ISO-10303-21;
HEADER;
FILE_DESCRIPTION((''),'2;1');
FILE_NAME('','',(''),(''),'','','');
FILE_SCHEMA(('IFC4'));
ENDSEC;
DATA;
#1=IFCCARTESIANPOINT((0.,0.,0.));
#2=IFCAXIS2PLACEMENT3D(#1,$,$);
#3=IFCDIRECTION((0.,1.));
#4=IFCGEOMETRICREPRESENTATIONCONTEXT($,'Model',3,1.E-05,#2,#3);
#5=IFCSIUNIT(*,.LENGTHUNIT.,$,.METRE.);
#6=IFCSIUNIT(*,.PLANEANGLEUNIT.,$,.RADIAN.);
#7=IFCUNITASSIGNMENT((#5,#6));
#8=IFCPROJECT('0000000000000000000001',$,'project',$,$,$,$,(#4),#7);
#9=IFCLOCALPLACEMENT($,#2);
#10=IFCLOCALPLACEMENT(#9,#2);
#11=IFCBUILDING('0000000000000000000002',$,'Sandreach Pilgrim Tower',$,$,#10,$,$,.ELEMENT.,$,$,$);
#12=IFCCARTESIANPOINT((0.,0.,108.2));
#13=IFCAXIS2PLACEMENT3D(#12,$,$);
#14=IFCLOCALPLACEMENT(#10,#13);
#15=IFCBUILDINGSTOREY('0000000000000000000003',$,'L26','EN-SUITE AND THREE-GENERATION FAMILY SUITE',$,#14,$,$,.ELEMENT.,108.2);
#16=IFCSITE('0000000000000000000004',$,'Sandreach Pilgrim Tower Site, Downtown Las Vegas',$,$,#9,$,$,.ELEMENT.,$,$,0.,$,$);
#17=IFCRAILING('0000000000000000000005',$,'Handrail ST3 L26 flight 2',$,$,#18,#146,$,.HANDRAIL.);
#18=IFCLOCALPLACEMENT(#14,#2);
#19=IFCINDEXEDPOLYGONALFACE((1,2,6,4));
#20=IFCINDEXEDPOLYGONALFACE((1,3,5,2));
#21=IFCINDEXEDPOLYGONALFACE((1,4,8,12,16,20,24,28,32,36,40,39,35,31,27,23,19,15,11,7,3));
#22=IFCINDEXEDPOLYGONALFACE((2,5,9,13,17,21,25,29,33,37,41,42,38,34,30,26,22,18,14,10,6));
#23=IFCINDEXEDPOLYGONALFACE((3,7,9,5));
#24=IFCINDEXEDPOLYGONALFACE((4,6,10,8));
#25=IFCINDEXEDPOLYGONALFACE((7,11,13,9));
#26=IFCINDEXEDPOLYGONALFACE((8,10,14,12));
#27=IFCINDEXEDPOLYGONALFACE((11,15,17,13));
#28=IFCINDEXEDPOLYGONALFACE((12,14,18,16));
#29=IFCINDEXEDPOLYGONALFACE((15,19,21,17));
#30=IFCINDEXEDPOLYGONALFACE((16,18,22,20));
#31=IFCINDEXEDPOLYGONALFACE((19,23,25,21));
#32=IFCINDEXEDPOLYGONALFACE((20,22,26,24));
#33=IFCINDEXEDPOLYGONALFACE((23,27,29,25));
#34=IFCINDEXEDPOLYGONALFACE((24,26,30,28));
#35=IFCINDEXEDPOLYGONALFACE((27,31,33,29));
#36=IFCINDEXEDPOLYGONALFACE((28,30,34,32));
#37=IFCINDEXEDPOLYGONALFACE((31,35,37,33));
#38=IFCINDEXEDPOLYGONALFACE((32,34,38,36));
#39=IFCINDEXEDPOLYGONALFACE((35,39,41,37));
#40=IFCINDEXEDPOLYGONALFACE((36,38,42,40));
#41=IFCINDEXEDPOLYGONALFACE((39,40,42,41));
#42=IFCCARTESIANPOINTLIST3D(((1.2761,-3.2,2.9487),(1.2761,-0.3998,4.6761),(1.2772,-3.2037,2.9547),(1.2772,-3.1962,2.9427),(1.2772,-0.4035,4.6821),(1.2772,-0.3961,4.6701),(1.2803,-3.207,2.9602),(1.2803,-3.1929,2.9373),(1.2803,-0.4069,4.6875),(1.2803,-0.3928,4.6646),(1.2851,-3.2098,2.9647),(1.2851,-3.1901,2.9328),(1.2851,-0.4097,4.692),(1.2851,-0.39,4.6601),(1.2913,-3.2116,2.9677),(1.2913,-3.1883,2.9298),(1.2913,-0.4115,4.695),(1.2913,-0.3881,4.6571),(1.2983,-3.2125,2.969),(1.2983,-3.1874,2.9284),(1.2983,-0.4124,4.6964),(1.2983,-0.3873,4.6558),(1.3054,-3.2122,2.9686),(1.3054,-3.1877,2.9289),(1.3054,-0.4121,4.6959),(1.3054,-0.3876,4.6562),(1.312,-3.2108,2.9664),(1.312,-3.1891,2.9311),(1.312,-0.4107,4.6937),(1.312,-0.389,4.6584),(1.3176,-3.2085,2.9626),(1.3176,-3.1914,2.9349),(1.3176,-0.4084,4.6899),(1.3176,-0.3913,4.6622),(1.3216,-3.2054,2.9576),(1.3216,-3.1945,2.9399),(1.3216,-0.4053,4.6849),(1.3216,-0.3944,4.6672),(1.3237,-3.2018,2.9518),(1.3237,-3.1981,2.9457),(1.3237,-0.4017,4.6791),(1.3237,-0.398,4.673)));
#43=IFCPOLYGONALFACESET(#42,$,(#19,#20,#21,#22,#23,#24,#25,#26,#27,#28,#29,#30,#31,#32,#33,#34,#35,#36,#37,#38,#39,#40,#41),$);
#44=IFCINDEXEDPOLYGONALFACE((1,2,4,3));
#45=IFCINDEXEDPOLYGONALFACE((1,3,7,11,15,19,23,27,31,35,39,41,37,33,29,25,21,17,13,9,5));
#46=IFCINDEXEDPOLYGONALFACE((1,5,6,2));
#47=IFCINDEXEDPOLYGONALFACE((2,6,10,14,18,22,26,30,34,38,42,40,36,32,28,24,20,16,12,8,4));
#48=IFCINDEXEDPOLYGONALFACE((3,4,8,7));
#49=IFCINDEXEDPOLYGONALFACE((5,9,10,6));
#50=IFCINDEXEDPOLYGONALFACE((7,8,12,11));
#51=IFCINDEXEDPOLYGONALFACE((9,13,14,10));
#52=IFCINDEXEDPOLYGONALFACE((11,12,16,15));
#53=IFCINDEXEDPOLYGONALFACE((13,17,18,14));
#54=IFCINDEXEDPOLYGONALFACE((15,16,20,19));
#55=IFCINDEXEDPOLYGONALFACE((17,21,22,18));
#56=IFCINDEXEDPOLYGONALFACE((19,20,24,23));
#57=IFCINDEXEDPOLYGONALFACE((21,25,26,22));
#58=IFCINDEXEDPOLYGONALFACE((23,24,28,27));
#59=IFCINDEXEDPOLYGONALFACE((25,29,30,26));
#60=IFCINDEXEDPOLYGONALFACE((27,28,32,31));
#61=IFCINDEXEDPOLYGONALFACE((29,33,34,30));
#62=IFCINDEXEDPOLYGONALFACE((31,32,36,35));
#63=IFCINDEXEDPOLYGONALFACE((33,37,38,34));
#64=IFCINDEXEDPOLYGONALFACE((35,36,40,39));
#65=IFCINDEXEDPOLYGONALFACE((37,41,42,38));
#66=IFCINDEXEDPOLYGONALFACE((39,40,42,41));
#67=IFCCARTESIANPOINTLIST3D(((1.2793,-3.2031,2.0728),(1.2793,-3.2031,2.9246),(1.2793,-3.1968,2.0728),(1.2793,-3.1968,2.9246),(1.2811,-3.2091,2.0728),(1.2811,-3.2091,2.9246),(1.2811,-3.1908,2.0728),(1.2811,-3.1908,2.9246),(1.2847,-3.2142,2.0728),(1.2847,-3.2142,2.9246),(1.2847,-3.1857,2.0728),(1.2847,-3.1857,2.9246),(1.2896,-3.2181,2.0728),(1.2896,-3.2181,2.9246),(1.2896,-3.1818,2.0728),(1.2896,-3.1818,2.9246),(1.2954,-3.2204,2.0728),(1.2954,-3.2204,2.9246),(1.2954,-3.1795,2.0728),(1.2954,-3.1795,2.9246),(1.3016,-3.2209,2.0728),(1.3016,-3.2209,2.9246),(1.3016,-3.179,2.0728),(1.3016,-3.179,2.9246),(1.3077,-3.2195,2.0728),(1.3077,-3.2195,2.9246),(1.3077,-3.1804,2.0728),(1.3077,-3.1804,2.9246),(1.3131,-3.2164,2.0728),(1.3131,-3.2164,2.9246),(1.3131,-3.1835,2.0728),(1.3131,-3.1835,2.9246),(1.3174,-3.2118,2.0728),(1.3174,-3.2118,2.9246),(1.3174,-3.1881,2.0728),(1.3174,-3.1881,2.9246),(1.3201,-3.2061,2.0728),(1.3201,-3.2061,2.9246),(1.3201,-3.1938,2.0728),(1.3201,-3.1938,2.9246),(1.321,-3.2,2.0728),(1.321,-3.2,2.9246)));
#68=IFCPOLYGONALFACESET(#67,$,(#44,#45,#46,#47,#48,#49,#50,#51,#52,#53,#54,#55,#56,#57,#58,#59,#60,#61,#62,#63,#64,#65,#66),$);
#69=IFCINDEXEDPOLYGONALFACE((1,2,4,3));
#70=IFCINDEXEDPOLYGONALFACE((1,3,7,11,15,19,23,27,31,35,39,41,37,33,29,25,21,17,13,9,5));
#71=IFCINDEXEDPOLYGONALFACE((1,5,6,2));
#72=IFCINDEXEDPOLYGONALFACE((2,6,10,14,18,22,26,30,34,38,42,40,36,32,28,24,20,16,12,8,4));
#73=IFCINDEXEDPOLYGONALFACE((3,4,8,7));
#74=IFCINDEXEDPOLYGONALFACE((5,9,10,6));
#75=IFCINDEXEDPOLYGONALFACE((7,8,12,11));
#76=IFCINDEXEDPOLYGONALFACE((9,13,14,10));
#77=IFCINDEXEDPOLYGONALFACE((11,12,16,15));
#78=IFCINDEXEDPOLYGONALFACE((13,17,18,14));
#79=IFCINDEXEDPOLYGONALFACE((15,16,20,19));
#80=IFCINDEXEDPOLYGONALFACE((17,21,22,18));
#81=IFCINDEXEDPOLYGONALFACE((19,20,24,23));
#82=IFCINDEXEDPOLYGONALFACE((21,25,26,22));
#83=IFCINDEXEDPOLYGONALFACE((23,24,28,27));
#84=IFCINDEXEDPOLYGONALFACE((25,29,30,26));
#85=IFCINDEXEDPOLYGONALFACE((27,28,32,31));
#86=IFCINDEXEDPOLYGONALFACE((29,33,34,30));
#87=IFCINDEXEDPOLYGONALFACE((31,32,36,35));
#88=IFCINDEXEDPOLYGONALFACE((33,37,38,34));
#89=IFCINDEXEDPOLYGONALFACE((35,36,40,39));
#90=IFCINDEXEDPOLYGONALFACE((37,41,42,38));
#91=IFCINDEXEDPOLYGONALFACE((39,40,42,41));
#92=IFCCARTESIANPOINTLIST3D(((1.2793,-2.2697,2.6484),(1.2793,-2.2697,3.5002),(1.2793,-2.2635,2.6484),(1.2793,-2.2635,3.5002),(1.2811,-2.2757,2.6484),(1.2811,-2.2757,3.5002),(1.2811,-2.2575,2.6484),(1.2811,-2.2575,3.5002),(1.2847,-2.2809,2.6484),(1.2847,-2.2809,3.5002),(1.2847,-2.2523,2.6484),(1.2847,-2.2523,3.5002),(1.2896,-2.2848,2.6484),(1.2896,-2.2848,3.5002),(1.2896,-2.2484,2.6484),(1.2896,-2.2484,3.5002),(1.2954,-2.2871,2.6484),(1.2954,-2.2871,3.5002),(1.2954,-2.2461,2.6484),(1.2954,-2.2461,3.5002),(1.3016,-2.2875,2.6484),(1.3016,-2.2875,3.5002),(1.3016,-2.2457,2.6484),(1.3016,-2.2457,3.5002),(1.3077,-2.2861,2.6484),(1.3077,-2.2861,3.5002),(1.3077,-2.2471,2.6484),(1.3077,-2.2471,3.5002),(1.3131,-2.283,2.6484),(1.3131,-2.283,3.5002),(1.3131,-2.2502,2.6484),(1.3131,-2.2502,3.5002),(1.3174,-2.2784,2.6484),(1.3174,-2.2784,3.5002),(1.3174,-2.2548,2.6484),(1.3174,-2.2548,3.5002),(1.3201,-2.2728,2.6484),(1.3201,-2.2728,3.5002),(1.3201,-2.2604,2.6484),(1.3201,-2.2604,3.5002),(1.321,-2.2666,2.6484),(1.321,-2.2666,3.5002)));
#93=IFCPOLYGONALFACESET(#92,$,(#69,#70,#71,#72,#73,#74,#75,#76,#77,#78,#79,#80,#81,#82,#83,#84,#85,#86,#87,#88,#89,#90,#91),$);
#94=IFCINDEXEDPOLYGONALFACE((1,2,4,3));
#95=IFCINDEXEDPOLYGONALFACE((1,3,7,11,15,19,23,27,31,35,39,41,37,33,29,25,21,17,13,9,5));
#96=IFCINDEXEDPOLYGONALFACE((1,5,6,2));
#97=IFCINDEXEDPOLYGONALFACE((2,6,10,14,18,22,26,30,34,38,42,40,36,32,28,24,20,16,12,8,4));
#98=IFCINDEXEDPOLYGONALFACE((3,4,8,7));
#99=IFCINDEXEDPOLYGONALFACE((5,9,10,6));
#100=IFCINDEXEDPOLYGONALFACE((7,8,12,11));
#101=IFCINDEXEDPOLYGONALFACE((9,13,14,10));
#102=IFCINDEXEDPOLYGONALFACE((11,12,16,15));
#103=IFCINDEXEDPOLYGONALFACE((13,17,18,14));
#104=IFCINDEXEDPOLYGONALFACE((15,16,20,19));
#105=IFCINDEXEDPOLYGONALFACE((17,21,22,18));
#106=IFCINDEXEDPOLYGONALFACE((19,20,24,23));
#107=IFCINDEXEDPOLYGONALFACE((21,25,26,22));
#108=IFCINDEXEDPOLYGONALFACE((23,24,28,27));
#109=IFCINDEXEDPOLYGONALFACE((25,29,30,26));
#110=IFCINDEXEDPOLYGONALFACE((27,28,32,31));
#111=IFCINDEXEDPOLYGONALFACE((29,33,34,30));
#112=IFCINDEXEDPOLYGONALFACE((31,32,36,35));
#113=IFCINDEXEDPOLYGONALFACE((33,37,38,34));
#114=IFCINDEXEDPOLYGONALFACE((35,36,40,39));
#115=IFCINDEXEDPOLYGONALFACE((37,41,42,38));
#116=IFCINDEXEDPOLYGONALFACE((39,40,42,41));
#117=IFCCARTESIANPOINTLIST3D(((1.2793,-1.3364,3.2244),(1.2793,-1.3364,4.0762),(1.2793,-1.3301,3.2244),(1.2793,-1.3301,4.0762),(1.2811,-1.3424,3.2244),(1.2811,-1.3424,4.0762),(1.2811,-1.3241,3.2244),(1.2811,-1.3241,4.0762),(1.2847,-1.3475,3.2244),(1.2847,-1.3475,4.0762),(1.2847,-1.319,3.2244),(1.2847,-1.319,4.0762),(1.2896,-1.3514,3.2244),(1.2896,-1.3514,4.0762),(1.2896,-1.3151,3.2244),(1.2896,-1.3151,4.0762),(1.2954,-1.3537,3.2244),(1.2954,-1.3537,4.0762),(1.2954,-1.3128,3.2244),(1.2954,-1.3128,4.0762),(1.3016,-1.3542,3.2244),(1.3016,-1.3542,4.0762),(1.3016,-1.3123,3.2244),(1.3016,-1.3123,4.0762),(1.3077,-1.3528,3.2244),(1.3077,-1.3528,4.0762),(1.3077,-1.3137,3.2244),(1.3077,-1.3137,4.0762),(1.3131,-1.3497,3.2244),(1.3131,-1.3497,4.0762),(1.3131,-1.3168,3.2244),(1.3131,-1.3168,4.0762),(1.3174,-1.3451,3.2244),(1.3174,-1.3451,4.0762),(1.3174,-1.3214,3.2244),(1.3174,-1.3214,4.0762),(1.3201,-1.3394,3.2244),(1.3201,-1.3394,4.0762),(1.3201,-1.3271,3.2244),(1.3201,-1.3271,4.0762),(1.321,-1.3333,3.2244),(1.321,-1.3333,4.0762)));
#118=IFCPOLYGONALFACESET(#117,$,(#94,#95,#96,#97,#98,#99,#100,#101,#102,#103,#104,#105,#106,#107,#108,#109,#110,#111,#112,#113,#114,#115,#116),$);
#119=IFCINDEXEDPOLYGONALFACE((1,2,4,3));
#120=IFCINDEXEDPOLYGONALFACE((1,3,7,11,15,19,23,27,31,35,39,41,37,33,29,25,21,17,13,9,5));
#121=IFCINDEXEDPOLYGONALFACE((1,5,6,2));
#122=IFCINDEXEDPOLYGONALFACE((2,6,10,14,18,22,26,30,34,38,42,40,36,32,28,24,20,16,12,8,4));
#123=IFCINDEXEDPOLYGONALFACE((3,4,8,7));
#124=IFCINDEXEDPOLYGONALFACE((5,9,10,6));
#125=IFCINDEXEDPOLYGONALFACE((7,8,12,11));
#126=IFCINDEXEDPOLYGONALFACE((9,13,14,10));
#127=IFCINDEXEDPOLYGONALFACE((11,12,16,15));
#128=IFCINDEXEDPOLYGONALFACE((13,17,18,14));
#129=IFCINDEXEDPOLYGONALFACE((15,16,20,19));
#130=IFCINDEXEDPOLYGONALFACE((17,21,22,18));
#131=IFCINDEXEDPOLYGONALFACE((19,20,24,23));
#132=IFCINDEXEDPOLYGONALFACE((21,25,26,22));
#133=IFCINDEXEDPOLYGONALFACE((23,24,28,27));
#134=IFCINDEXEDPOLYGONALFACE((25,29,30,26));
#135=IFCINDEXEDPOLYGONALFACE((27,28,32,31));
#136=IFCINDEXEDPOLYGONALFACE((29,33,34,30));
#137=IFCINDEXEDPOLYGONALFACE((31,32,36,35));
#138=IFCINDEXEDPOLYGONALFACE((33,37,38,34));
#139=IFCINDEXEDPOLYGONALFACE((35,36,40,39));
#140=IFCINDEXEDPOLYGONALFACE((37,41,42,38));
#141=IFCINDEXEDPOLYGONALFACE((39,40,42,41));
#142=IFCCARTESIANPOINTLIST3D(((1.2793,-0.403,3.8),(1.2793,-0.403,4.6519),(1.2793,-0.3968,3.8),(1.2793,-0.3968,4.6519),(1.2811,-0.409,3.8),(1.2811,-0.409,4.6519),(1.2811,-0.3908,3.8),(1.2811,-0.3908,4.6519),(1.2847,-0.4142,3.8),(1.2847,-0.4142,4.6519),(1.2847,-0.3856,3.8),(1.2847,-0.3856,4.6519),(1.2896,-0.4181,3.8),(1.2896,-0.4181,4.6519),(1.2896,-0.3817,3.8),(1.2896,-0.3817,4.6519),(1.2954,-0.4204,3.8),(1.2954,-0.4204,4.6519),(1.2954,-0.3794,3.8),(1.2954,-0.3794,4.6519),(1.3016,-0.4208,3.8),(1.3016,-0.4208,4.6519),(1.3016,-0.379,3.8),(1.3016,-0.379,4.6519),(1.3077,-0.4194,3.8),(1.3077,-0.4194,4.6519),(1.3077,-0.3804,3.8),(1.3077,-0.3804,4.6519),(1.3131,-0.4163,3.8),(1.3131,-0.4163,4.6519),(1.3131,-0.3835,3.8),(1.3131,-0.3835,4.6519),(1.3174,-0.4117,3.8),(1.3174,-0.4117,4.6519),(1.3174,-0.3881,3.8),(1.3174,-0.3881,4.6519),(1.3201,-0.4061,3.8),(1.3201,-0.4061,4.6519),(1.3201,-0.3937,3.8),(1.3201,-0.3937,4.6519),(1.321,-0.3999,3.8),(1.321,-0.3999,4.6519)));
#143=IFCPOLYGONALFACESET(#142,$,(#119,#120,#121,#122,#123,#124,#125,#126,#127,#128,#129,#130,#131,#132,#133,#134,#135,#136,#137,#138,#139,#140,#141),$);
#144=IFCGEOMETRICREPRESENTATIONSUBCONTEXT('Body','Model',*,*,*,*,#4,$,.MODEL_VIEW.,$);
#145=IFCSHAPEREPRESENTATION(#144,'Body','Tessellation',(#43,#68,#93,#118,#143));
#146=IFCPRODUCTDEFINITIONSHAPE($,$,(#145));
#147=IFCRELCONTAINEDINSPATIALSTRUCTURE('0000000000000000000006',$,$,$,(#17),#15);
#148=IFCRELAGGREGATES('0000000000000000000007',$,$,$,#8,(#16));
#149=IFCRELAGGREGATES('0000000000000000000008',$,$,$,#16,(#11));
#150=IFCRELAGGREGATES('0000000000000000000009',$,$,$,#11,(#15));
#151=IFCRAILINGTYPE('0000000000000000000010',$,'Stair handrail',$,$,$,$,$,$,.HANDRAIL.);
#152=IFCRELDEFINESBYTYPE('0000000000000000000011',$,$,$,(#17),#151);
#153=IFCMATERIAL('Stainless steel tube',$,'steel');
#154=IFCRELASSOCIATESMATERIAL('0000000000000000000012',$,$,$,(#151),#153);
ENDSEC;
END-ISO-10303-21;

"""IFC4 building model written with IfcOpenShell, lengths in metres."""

from ifc_helpers import new_model, si_unit, direction, frame, origin, origin_2d, place, context, subcontext, project, spatial, circle, extrude, material, type_object, element, save


model = new_model("IFC4")

# Units and contexts
model_context = context("Model", 3, precision=1e-05, world=origin(), true_north=direction((0.0, 1.0)))
body_context = subcontext(model_context, "Body", "Model", "MODEL_VIEW")
ifc_project = project(units=[si_unit("LENGTHUNIT", "METRE"), si_unit("PLANEANGLEUNIT", "RADIAN")], contexts=[model_context])

# Site, building, storey
site_placement = place(None, origin())
site = spatial("IfcSite", under=ifc_project, at=site_placement, Name="Sandreach Pilgrim Tower Site, Downtown Las Vegas", CompositionType="ELEMENT", RefElevation=0.0)
building_placement = place(site_placement, origin())
building = spatial("IfcBuilding", under=site, at=building_placement, Name="Sandreach Pilgrim Tower", CompositionType="ELEMENT")
storey_placement = place(building_placement, frame((0.0, 0.0, 108.2)))
storey = spatial("IfcBuildingStorey", under=building, at=storey_placement, Name="L26", Description="EN-SUITE AND THREE-GENERATION FAMILY SUITE", CompositionType="ELEMENT", Elevation=108.2)

# Railing
ifc_material_1 = material(Name="Stainless steel tube", Category="steel")
railing_type = type_object("IfcRailingType", Name="Stair handrail", PredefinedType="HANDRAIL", material=ifc_material_1)
for number, where, name in (
    (1, (1.3, -3.2, 2.0728), "Handrail ST3 L26 flight 2"),
):
    element("IfcRailing", number, at=place(storey_placement, frame(where)), inside=storey, type_object=railing_type, Name=name, PredefinedType="HANDRAIL", context=body_context, shape_type="SweptSolid", body=[
        extrude(circle(Radius=0.0239, at=origin_2d()), frame((0.0, 0.0, 0.876), z_axis=(0.0, 0.85109, 0.52502), x_axis=(-1.0, 0.0, 0.0)), (0.0, 0.0, 1.0), 3.29),
        extrude(circle(Radius=0.021, at=origin_2d()), origin(), (0.0, 0.0, 1.0), 0.8518),
        extrude(circle(Radius=0.021, at=origin_2d()), frame((0.0, 0.9333, 0.5757)), (0.0, 0.0, 1.0), 0.8518),
        extrude(circle(Radius=0.021, at=origin_2d()), frame((0.0, 1.8667, 1.1516)), (0.0, 0.0, 1.0), 0.8518),
        extrude(circle(Radius=0.021, at=origin_2d()), frame((0.0, 2.8, 1.7273)), (0.0, 0.0, 1.0), 0.8518),
    ])

save(model, "model.ifc")
